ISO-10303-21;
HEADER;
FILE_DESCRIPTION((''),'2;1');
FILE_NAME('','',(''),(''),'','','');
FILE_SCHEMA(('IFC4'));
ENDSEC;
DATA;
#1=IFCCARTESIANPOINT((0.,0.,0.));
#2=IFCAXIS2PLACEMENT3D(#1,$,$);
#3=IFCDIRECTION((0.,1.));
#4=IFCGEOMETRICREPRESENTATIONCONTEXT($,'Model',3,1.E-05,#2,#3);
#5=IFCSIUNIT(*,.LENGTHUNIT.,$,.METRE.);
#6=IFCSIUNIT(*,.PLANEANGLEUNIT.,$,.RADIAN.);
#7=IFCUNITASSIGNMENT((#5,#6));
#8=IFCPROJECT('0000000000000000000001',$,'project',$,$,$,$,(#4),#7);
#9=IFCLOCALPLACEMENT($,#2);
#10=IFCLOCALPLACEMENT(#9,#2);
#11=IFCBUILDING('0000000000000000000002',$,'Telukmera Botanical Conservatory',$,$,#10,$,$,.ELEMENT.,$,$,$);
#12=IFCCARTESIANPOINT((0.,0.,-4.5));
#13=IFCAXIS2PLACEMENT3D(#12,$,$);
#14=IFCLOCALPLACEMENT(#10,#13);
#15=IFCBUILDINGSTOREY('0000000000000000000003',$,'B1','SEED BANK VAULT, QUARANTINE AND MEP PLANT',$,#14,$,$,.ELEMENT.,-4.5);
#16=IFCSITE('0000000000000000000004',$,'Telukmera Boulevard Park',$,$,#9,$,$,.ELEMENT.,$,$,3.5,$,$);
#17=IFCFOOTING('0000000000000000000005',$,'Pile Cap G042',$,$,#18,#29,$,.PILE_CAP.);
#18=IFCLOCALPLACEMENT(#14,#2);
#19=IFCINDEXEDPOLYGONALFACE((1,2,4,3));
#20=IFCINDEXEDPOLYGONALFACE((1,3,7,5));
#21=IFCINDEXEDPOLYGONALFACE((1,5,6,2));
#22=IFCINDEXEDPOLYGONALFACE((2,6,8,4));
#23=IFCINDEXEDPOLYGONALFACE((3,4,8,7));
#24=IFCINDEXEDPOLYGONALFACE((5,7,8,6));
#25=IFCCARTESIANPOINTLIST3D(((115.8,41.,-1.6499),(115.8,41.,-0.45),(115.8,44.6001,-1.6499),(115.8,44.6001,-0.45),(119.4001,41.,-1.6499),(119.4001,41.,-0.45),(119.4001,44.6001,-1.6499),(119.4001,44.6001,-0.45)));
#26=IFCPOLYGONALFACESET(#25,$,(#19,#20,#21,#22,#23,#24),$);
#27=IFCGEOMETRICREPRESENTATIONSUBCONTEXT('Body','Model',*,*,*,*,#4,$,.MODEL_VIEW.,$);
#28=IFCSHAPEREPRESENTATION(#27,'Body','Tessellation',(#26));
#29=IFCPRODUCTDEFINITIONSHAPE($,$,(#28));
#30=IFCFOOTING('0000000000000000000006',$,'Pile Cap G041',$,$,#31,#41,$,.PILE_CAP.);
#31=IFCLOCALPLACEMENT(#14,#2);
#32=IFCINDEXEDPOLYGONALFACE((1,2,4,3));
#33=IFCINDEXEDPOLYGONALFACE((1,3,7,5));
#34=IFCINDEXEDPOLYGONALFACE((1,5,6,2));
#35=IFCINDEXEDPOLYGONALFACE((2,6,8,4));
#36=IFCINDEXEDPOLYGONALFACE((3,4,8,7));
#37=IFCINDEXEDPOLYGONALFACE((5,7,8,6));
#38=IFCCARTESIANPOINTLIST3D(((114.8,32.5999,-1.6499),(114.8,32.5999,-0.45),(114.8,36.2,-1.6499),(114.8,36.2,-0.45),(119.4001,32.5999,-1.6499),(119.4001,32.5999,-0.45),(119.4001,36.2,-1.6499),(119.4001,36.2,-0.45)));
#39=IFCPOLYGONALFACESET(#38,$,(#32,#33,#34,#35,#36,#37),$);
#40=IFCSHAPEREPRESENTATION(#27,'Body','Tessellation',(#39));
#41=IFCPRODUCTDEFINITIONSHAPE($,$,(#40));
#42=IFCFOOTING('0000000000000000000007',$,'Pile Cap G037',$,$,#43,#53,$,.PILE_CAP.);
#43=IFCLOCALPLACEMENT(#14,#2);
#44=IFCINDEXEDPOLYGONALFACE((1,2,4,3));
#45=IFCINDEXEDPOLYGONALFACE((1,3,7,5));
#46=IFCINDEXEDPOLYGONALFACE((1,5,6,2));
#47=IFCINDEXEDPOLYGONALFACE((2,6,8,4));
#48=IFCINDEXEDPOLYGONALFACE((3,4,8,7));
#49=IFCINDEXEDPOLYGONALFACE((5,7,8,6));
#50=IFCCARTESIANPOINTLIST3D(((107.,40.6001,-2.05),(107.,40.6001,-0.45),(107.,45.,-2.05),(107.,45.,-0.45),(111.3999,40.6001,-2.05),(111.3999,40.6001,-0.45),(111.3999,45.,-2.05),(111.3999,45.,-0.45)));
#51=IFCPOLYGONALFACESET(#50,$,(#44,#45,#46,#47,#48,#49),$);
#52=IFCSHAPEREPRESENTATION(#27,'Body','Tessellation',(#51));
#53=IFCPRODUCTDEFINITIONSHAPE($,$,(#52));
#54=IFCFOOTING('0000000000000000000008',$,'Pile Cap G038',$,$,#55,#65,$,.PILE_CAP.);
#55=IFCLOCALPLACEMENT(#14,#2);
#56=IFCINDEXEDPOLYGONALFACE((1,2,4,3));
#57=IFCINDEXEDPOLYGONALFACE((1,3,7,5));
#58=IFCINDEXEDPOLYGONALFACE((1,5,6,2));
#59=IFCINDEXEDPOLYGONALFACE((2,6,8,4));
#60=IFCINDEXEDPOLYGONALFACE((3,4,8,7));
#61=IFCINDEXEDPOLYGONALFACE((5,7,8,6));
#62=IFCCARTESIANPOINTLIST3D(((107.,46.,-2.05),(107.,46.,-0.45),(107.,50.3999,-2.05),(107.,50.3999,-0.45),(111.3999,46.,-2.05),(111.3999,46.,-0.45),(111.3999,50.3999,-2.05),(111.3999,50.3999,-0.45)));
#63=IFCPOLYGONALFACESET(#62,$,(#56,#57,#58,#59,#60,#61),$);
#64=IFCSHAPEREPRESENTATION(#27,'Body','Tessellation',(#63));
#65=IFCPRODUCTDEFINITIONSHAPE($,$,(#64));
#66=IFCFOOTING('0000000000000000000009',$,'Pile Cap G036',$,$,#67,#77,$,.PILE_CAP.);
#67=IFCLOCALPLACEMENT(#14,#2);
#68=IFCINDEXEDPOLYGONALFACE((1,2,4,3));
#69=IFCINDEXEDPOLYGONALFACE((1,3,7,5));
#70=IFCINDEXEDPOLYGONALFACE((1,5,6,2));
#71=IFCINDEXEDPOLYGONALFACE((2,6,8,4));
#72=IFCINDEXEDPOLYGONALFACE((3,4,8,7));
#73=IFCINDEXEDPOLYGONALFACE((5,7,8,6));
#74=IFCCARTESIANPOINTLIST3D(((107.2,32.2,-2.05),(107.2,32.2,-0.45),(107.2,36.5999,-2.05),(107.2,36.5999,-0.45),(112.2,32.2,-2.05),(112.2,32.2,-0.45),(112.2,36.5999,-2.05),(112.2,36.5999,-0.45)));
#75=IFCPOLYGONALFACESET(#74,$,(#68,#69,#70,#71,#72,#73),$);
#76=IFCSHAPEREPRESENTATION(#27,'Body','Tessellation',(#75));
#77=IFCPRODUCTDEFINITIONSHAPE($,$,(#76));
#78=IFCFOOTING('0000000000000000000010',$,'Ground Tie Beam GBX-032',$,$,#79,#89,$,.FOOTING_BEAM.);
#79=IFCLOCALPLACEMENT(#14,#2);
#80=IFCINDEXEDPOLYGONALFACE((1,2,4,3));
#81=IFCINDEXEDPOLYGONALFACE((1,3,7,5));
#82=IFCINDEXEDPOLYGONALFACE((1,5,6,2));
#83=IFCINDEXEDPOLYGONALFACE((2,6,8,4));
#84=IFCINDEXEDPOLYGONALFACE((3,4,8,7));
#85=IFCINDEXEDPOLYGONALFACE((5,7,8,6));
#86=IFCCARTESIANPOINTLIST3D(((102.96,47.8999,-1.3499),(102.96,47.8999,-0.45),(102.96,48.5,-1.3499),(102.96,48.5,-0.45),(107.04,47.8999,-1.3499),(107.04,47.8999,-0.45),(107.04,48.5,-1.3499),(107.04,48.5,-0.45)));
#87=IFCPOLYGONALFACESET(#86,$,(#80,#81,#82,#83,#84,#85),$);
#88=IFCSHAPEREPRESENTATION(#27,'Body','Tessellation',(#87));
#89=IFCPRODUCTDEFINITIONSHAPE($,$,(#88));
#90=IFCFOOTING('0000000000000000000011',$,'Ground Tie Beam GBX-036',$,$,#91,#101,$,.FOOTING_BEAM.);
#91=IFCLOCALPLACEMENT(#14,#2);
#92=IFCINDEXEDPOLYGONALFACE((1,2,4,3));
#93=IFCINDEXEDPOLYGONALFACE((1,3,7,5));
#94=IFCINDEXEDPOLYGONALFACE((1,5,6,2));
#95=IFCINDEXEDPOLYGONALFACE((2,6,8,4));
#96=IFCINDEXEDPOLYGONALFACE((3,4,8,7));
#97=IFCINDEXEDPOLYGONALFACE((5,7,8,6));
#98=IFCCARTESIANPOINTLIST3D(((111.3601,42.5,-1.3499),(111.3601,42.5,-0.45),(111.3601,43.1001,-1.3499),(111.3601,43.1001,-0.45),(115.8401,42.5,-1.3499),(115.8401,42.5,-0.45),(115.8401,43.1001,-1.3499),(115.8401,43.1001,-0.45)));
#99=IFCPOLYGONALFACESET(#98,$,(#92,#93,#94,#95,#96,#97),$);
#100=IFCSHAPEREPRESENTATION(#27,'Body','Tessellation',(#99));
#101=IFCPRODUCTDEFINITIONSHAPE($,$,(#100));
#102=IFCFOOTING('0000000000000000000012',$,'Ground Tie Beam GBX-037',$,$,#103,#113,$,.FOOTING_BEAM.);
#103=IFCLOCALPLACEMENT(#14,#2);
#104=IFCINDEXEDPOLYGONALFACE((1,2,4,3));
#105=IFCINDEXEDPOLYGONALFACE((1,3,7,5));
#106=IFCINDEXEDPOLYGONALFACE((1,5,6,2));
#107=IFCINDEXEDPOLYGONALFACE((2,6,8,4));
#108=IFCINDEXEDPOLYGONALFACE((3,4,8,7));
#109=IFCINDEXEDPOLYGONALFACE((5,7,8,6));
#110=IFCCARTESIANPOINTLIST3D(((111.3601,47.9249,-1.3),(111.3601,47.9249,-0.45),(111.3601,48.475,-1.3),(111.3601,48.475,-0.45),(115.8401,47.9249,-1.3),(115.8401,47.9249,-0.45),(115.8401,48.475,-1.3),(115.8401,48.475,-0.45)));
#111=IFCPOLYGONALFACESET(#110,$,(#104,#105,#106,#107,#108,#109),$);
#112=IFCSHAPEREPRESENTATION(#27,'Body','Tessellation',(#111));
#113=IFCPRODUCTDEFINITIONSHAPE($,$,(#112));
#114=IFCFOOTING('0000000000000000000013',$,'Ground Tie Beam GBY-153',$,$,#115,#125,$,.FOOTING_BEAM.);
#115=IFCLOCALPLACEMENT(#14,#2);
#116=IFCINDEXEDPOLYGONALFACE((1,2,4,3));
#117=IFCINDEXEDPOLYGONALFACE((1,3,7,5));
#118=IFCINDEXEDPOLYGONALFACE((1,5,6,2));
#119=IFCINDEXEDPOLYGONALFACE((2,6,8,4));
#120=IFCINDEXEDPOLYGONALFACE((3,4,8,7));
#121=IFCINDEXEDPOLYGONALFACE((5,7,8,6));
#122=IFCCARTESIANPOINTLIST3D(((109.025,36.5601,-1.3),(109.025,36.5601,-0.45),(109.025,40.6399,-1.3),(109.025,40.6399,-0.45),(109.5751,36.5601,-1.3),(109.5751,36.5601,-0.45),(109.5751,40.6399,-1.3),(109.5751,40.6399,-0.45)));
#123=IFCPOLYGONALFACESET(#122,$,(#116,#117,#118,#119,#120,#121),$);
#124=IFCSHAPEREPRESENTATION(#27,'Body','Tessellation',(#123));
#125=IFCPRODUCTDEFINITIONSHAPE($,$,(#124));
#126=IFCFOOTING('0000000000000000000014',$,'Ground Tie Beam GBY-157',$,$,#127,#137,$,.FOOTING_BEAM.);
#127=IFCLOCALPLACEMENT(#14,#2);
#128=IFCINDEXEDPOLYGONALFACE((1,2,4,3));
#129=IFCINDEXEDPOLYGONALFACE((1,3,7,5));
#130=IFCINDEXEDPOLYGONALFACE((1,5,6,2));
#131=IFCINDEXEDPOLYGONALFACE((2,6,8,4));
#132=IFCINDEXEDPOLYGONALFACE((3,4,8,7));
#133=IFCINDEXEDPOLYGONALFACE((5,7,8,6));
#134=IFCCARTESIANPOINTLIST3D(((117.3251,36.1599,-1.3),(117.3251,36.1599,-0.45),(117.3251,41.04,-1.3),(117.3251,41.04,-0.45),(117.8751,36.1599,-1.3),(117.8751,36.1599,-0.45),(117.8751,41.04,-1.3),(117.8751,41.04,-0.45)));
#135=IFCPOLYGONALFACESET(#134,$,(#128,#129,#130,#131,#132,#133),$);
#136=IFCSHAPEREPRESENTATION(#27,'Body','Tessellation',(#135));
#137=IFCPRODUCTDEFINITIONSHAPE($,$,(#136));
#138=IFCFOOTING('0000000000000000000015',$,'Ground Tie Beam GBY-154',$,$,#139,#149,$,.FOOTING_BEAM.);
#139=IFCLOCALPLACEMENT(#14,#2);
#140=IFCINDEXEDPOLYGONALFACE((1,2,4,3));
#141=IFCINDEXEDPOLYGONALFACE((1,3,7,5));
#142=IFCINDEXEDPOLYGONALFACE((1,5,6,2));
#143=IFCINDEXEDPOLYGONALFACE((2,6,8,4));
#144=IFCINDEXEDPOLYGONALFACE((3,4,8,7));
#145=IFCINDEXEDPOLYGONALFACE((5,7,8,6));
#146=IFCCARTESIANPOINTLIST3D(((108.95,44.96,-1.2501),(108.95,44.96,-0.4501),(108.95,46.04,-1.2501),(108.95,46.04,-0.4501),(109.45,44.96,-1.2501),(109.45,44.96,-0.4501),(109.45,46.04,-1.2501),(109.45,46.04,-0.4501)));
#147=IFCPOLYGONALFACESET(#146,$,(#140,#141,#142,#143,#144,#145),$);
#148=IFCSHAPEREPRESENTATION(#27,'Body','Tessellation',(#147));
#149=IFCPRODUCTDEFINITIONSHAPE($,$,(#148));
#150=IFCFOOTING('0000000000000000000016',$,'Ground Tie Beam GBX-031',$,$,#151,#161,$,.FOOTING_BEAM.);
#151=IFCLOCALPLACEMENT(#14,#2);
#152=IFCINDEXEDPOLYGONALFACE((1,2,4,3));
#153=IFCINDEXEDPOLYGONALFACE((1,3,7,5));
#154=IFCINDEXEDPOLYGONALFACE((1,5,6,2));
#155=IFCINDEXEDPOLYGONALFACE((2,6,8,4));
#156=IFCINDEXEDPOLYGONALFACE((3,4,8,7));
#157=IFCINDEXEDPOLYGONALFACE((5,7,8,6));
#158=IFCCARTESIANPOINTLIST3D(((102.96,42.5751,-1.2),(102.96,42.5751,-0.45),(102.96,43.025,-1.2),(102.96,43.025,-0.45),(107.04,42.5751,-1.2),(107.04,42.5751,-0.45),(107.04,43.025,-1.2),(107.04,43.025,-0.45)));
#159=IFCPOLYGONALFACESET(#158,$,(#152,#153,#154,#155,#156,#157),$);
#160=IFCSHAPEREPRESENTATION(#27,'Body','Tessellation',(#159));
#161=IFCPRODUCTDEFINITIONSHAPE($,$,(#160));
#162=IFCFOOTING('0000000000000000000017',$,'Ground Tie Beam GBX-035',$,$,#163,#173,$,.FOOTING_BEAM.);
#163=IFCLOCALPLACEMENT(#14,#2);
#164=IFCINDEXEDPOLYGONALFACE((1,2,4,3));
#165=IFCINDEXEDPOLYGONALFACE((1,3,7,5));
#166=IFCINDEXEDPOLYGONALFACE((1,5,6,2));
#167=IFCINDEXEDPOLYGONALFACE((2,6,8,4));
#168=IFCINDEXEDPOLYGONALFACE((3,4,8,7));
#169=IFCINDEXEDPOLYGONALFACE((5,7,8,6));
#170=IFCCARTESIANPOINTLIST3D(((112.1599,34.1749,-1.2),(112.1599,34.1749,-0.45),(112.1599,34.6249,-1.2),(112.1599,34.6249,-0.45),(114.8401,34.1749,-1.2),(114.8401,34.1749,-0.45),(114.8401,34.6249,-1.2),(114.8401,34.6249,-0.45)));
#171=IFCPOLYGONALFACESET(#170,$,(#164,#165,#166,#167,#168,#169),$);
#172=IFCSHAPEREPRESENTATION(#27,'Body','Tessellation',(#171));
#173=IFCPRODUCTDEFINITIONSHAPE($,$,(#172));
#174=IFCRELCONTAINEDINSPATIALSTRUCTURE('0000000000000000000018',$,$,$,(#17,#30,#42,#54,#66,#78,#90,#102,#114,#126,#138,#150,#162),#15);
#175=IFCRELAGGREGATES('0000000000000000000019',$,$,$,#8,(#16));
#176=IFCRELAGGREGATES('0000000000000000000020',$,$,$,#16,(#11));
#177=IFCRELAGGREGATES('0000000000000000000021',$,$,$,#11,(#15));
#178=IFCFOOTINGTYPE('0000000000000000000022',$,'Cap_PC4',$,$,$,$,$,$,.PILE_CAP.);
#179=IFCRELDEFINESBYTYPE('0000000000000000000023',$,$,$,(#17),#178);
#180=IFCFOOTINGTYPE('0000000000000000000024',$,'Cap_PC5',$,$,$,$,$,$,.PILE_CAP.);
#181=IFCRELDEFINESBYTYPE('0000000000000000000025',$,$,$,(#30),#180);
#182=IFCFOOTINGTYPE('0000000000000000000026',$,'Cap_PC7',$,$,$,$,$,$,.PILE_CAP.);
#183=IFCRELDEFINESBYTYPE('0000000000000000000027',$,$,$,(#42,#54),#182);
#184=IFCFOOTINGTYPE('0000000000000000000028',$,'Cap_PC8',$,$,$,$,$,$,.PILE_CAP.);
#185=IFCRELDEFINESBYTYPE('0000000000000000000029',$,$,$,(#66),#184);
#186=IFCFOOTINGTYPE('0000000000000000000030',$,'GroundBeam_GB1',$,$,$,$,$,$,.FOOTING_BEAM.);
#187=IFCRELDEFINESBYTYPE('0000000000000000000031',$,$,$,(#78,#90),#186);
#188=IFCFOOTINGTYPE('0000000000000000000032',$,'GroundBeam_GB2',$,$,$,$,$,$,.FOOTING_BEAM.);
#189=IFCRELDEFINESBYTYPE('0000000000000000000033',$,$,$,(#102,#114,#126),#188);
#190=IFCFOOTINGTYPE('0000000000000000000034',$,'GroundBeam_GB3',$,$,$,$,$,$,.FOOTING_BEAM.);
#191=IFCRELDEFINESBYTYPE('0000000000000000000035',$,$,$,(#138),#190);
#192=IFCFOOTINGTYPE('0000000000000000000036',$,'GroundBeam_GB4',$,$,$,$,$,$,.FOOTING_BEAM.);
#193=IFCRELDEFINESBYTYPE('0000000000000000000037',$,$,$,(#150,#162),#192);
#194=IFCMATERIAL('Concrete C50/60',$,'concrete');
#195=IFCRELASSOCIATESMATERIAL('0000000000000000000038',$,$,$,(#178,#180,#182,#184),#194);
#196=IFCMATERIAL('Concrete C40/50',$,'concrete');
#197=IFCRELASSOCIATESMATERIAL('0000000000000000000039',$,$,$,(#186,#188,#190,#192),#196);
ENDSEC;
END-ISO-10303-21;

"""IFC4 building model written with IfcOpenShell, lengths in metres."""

from ifc_helpers import new_model, si_unit, direction, frame, origin, origin_2d, place, context, subcontext, project, spatial, rectangle, extrude, material, material_profile, profile_set, type_object, element, save


model = new_model("IFC4")

# Units and contexts
model_context = context("Model", 3, precision=1e-05, world=origin(), true_north=direction((0.0, 1.0)))
body_context = subcontext(model_context, "Body", "Model", "MODEL_VIEW")
ifc_project = project(units=[si_unit("LENGTHUNIT", "METRE"), si_unit("PLANEANGLEUNIT", "RADIAN")], contexts=[model_context])

# Site, building, storey
site_placement = place(None, origin())
site = spatial("IfcSite", under=ifc_project, at=site_placement, Name="Telukmera Boulevard Park", CompositionType="ELEMENT", RefElevation=3.5)
building_placement = place(site_placement, origin())
building = spatial("IfcBuilding", under=site, at=building_placement, Name="Telukmera Botanical Conservatory", CompositionType="ELEMENT")
storey_placement = place(building_placement, frame((0.0, 0.0, -4.5)))
storey = spatial("IfcBuildingStorey", under=building, at=storey_placement, Name="B1", Description="SEED BANK VAULT, QUARANTINE AND MEP PLANT", CompositionType="ELEMENT", Elevation=-4.5)

# Footings
ifc_material_1 = material(Name="Concrete C50/60", Category="concrete")
footing_type_1 = type_object("IfcFootingType", Name="Cap_PC4", PredefinedType="PILE_CAP", material=ifc_material_1)
footing_1_placement = place(storey_placement, frame((117.6001, 42.8, -1.6499), z_axis=(0.0, 0.0, 1.0), x_axis=(1.0, 0.0, 0.0)))
element("IfcFooting", 1, at=footing_1_placement, inside=storey, type_object=footing_type_1, Name="Pile Cap G042", PredefinedType="PILE_CAP", context=body_context, shape_type="SweptSolid", body=[
    extrude(rectangle(XDim=3.6001, YDim=3.6001, at=origin_2d()), origin(), (0.0, 0.0, 1.0), 1.2),
])
footing_type_2 = type_object("IfcFootingType", Name="Cap_PC5", PredefinedType="PILE_CAP", material=ifc_material_1)
footing_2_placement = place(storey_placement, frame((117.1001, 34.3999, -1.6499), z_axis=(0.0, 0.0, 1.0), x_axis=(1.0, 0.0, 0.0)))
element("IfcFooting", 2, at=footing_2_placement, inside=storey, type_object=footing_type_2, Name="Pile Cap G041", PredefinedType="PILE_CAP", context=body_context, shape_type="SweptSolid", body=[
    extrude(rectangle(XDim=4.6001, YDim=3.6001, at=origin_2d()), origin(), (0.0, 0.0, 1.0), 1.2),
])
footing_type_3 = type_object("IfcFootingType", Name="Cap_PC7", PredefinedType="PILE_CAP", material=ifc_material_1)
for number, where, z_axis, x_axis, name in (
    (3, (109.2, 42.8, -2.05), (0.0, 0.0, 1.0), (1.0, 0.0, 0.0), "Pile Cap G037"),
    (4, (109.2, 48.2, -2.05), (0.0, 0.0, 1.0), (1.0, 0.0, 0.0), "Pile Cap G038"),
):
    element("IfcFooting", number, at=place(storey_placement, frame(where, z_axis=z_axis, x_axis=x_axis)), inside=storey, type_object=footing_type_3, Name=name, PredefinedType="PILE_CAP", context=body_context, shape_type="SweptSolid", body=[
        extrude(rectangle(XDim=4.3999, YDim=4.3999, at=origin_2d()), origin(), (0.0, 0.0, 1.0), 1.6001),
    ])
footing_type_4 = type_object("IfcFootingType", Name="Cap_PC8", PredefinedType="PILE_CAP", material=ifc_material_1)
footing_3_placement = place(storey_placement, frame((109.7, 34.3999, -2.05), z_axis=(0.0, 0.0, 1.0), x_axis=(1.0, 0.0, 0.0)))
element("IfcFooting", 5, at=footing_3_placement, inside=storey, type_object=footing_type_4, Name="Pile Cap G036", PredefinedType="PILE_CAP", context=body_context, shape_type="SweptSolid", body=[
    extrude(rectangle(XDim=5.0, YDim=4.3999, at=origin_2d()), origin(), (0.0, 0.0, 1.0), 1.6001),
])
ifc_material_2 = material(Name="Concrete C40/50", Category="concrete")
ifc_material_profile_1 = material_profile(ifc_material_2, rectangle(XDim=0.6001, YDim=0.8999, at=origin_2d()), Name="RC 600x900")
ifc_profile_set_1 = profile_set([ifc_material_profile_1], Name="Concrete C40/50")
footing_type_5 = type_object("IfcFootingType", Name="GroundBeam_GB1", PredefinedType="FOOTING_BEAM", material=ifc_profile_set_1)
footing_4_placement = place(storey_placement, frame((102.96, 48.2, -0.8999), z_axis=(1.0, 0.0, 0.0), x_axis=(0.0, 1.0, 0.0)))
element("IfcFooting", 6, at=footing_4_placement, inside=storey, type_object=footing_type_5, Name="Ground Tie Beam GBX-032", PredefinedType="FOOTING_BEAM", context=body_context, shape_type="SweptSolid", body=[
    extrude(rectangle(XDim=0.6001, YDim=0.8999, at=origin_2d()), origin(), (0.0, 0.0, 1.0), 4.0801),
])
footing_5_placement = place(storey_placement, frame((111.3601, 42.8, -0.8999), z_axis=(1.0, 0.0, 0.0), x_axis=(0.0, 1.0, 0.0)))
element("IfcFooting", 7, at=footing_5_placement, inside=storey, type_object=footing_type_5, Name="Ground Tie Beam GBX-036", PredefinedType="FOOTING_BEAM", context=body_context, shape_type="SweptSolid", body=[
    extrude(rectangle(XDim=0.6001, YDim=0.8999, at=origin_2d()), origin(), (0.0, 0.0, 1.0), 4.48),
])
ifc_material_profile_2 = material_profile(ifc_material_2, rectangle(XDim=0.55, YDim=0.8501, at=origin_2d()), Name="RC 550x850")
ifc_profile_set_2 = profile_set([ifc_material_profile_2], Name="Concrete C40/50")
footing_type_6 = type_object("IfcFootingType", Name="GroundBeam_GB2", PredefinedType="FOOTING_BEAM", material=ifc_profile_set_2)
footing_6_placement = place(storey_placement, frame((111.3601, 48.2, -0.875), z_axis=(1.0, 0.0, 0.0), x_axis=(0.0, 1.0, 0.0)))
element("IfcFooting", 8, at=footing_6_placement, inside=storey, type_object=footing_type_6, Name="Ground Tie Beam GBX-037", PredefinedType="FOOTING_BEAM", context=body_context, shape_type="SweptSolid", body=[
    extrude(rectangle(XDim=0.55, YDim=0.8501, at=origin_2d()), origin(), (0.0, 0.0, 1.0), 4.48),
])
footing_7_placement = place(storey_placement, frame((109.3, 36.5601, -0.875), z_axis=(0.0, 1.0, 0.0), x_axis=(-1.0, 0.0, 0.0)))
element("IfcFooting", 9, at=footing_7_placement, inside=storey, type_object=footing_type_6, Name="Ground Tie Beam GBY-153", PredefinedType="FOOTING_BEAM", context=body_context, shape_type="SweptSolid", body=[
    extrude(rectangle(XDim=0.55, YDim=0.8501, at=origin_2d()), origin(), (0.0, 0.0, 1.0), 4.0798),
])
footing_8_placement = place(storey_placement, frame((117.6001, 36.1599, -0.875), z_axis=(0.0, 1.0, 0.0), x_axis=(-1.0, 0.0, 0.0)))
element("IfcFooting", 10, at=footing_8_placement, inside=storey, type_object=footing_type_6, Name="Ground Tie Beam GBY-157", PredefinedType="FOOTING_BEAM", context=body_context, shape_type="SweptSolid", body=[
    extrude(rectangle(XDim=0.55, YDim=0.8501, at=origin_2d()), origin(), (0.0, 0.0, 1.0), 4.8801),
])
ifc_material_profile_3 = material_profile(ifc_material_2, rectangle(XDim=0.5, YDim=0.8, at=origin_2d()), Name="RC 500x800")
ifc_profile_set_3 = profile_set([ifc_material_profile_3], Name="Concrete C40/50")
footing_type_7 = type_object("IfcFootingType", Name="GroundBeam_GB3", PredefinedType="FOOTING_BEAM", material=ifc_profile_set_3)
footing_9_placement = place(storey_placement, frame((109.2, 44.96, -0.8501), z_axis=(0.0, 1.0, 0.0), x_axis=(-1.0, 0.0, 0.0)))
element("IfcFooting", 11, at=footing_9_placement, inside=storey, type_object=footing_type_7, Name="Ground Tie Beam GBY-154", PredefinedType="FOOTING_BEAM", context=body_context, shape_type="SweptSolid", body=[
    extrude(rectangle(XDim=0.5, YDim=0.8, at=origin_2d()), origin(), (0.0, 0.0, 1.0), 1.0801),
])
ifc_material_profile_4 = material_profile(ifc_material_2, rectangle(XDim=0.45, YDim=0.75, at=origin_2d()), Name="RC 450x750")
ifc_profile_set_4 = profile_set([ifc_material_profile_4], Name="Concrete C40/50")
footing_type_8 = type_object("IfcFootingType", Name="GroundBeam_GB4", PredefinedType="FOOTING_BEAM", material=ifc_profile_set_4)
footing_10_placement = place(storey_placement, frame((102.96, 42.8, -0.825), z_axis=(1.0, 0.0, 0.0), x_axis=(0.0, 1.0, 0.0)))
element("IfcFooting", 12, at=footing_10_placement, inside=storey, type_object=footing_type_8, Name="Ground Tie Beam GBX-031", PredefinedType="FOOTING_BEAM", context=body_context, shape_type="SweptSolid", body=[
    extrude(rectangle(XDim=0.45, YDim=0.75, at=origin_2d()), origin(), (0.0, 0.0, 1.0), 4.0801),
])
footing_11_placement = place(storey_placement, frame((112.1599, 34.3999, -0.825), z_axis=(1.0, 0.0, 0.0), x_axis=(0.0, 1.0, 0.0)))
element("IfcFooting", 13, at=footing_11_placement, inside=storey, type_object=footing_type_8, Name="Ground Tie Beam GBX-035", PredefinedType="FOOTING_BEAM", context=body_context, shape_type="SweptSolid", body=[
    extrude(rectangle(XDim=0.45, YDim=0.75, at=origin_2d()), origin(), (0.0, 0.0, 1.0), 2.6802),
])

save(model, "model.ifc")
